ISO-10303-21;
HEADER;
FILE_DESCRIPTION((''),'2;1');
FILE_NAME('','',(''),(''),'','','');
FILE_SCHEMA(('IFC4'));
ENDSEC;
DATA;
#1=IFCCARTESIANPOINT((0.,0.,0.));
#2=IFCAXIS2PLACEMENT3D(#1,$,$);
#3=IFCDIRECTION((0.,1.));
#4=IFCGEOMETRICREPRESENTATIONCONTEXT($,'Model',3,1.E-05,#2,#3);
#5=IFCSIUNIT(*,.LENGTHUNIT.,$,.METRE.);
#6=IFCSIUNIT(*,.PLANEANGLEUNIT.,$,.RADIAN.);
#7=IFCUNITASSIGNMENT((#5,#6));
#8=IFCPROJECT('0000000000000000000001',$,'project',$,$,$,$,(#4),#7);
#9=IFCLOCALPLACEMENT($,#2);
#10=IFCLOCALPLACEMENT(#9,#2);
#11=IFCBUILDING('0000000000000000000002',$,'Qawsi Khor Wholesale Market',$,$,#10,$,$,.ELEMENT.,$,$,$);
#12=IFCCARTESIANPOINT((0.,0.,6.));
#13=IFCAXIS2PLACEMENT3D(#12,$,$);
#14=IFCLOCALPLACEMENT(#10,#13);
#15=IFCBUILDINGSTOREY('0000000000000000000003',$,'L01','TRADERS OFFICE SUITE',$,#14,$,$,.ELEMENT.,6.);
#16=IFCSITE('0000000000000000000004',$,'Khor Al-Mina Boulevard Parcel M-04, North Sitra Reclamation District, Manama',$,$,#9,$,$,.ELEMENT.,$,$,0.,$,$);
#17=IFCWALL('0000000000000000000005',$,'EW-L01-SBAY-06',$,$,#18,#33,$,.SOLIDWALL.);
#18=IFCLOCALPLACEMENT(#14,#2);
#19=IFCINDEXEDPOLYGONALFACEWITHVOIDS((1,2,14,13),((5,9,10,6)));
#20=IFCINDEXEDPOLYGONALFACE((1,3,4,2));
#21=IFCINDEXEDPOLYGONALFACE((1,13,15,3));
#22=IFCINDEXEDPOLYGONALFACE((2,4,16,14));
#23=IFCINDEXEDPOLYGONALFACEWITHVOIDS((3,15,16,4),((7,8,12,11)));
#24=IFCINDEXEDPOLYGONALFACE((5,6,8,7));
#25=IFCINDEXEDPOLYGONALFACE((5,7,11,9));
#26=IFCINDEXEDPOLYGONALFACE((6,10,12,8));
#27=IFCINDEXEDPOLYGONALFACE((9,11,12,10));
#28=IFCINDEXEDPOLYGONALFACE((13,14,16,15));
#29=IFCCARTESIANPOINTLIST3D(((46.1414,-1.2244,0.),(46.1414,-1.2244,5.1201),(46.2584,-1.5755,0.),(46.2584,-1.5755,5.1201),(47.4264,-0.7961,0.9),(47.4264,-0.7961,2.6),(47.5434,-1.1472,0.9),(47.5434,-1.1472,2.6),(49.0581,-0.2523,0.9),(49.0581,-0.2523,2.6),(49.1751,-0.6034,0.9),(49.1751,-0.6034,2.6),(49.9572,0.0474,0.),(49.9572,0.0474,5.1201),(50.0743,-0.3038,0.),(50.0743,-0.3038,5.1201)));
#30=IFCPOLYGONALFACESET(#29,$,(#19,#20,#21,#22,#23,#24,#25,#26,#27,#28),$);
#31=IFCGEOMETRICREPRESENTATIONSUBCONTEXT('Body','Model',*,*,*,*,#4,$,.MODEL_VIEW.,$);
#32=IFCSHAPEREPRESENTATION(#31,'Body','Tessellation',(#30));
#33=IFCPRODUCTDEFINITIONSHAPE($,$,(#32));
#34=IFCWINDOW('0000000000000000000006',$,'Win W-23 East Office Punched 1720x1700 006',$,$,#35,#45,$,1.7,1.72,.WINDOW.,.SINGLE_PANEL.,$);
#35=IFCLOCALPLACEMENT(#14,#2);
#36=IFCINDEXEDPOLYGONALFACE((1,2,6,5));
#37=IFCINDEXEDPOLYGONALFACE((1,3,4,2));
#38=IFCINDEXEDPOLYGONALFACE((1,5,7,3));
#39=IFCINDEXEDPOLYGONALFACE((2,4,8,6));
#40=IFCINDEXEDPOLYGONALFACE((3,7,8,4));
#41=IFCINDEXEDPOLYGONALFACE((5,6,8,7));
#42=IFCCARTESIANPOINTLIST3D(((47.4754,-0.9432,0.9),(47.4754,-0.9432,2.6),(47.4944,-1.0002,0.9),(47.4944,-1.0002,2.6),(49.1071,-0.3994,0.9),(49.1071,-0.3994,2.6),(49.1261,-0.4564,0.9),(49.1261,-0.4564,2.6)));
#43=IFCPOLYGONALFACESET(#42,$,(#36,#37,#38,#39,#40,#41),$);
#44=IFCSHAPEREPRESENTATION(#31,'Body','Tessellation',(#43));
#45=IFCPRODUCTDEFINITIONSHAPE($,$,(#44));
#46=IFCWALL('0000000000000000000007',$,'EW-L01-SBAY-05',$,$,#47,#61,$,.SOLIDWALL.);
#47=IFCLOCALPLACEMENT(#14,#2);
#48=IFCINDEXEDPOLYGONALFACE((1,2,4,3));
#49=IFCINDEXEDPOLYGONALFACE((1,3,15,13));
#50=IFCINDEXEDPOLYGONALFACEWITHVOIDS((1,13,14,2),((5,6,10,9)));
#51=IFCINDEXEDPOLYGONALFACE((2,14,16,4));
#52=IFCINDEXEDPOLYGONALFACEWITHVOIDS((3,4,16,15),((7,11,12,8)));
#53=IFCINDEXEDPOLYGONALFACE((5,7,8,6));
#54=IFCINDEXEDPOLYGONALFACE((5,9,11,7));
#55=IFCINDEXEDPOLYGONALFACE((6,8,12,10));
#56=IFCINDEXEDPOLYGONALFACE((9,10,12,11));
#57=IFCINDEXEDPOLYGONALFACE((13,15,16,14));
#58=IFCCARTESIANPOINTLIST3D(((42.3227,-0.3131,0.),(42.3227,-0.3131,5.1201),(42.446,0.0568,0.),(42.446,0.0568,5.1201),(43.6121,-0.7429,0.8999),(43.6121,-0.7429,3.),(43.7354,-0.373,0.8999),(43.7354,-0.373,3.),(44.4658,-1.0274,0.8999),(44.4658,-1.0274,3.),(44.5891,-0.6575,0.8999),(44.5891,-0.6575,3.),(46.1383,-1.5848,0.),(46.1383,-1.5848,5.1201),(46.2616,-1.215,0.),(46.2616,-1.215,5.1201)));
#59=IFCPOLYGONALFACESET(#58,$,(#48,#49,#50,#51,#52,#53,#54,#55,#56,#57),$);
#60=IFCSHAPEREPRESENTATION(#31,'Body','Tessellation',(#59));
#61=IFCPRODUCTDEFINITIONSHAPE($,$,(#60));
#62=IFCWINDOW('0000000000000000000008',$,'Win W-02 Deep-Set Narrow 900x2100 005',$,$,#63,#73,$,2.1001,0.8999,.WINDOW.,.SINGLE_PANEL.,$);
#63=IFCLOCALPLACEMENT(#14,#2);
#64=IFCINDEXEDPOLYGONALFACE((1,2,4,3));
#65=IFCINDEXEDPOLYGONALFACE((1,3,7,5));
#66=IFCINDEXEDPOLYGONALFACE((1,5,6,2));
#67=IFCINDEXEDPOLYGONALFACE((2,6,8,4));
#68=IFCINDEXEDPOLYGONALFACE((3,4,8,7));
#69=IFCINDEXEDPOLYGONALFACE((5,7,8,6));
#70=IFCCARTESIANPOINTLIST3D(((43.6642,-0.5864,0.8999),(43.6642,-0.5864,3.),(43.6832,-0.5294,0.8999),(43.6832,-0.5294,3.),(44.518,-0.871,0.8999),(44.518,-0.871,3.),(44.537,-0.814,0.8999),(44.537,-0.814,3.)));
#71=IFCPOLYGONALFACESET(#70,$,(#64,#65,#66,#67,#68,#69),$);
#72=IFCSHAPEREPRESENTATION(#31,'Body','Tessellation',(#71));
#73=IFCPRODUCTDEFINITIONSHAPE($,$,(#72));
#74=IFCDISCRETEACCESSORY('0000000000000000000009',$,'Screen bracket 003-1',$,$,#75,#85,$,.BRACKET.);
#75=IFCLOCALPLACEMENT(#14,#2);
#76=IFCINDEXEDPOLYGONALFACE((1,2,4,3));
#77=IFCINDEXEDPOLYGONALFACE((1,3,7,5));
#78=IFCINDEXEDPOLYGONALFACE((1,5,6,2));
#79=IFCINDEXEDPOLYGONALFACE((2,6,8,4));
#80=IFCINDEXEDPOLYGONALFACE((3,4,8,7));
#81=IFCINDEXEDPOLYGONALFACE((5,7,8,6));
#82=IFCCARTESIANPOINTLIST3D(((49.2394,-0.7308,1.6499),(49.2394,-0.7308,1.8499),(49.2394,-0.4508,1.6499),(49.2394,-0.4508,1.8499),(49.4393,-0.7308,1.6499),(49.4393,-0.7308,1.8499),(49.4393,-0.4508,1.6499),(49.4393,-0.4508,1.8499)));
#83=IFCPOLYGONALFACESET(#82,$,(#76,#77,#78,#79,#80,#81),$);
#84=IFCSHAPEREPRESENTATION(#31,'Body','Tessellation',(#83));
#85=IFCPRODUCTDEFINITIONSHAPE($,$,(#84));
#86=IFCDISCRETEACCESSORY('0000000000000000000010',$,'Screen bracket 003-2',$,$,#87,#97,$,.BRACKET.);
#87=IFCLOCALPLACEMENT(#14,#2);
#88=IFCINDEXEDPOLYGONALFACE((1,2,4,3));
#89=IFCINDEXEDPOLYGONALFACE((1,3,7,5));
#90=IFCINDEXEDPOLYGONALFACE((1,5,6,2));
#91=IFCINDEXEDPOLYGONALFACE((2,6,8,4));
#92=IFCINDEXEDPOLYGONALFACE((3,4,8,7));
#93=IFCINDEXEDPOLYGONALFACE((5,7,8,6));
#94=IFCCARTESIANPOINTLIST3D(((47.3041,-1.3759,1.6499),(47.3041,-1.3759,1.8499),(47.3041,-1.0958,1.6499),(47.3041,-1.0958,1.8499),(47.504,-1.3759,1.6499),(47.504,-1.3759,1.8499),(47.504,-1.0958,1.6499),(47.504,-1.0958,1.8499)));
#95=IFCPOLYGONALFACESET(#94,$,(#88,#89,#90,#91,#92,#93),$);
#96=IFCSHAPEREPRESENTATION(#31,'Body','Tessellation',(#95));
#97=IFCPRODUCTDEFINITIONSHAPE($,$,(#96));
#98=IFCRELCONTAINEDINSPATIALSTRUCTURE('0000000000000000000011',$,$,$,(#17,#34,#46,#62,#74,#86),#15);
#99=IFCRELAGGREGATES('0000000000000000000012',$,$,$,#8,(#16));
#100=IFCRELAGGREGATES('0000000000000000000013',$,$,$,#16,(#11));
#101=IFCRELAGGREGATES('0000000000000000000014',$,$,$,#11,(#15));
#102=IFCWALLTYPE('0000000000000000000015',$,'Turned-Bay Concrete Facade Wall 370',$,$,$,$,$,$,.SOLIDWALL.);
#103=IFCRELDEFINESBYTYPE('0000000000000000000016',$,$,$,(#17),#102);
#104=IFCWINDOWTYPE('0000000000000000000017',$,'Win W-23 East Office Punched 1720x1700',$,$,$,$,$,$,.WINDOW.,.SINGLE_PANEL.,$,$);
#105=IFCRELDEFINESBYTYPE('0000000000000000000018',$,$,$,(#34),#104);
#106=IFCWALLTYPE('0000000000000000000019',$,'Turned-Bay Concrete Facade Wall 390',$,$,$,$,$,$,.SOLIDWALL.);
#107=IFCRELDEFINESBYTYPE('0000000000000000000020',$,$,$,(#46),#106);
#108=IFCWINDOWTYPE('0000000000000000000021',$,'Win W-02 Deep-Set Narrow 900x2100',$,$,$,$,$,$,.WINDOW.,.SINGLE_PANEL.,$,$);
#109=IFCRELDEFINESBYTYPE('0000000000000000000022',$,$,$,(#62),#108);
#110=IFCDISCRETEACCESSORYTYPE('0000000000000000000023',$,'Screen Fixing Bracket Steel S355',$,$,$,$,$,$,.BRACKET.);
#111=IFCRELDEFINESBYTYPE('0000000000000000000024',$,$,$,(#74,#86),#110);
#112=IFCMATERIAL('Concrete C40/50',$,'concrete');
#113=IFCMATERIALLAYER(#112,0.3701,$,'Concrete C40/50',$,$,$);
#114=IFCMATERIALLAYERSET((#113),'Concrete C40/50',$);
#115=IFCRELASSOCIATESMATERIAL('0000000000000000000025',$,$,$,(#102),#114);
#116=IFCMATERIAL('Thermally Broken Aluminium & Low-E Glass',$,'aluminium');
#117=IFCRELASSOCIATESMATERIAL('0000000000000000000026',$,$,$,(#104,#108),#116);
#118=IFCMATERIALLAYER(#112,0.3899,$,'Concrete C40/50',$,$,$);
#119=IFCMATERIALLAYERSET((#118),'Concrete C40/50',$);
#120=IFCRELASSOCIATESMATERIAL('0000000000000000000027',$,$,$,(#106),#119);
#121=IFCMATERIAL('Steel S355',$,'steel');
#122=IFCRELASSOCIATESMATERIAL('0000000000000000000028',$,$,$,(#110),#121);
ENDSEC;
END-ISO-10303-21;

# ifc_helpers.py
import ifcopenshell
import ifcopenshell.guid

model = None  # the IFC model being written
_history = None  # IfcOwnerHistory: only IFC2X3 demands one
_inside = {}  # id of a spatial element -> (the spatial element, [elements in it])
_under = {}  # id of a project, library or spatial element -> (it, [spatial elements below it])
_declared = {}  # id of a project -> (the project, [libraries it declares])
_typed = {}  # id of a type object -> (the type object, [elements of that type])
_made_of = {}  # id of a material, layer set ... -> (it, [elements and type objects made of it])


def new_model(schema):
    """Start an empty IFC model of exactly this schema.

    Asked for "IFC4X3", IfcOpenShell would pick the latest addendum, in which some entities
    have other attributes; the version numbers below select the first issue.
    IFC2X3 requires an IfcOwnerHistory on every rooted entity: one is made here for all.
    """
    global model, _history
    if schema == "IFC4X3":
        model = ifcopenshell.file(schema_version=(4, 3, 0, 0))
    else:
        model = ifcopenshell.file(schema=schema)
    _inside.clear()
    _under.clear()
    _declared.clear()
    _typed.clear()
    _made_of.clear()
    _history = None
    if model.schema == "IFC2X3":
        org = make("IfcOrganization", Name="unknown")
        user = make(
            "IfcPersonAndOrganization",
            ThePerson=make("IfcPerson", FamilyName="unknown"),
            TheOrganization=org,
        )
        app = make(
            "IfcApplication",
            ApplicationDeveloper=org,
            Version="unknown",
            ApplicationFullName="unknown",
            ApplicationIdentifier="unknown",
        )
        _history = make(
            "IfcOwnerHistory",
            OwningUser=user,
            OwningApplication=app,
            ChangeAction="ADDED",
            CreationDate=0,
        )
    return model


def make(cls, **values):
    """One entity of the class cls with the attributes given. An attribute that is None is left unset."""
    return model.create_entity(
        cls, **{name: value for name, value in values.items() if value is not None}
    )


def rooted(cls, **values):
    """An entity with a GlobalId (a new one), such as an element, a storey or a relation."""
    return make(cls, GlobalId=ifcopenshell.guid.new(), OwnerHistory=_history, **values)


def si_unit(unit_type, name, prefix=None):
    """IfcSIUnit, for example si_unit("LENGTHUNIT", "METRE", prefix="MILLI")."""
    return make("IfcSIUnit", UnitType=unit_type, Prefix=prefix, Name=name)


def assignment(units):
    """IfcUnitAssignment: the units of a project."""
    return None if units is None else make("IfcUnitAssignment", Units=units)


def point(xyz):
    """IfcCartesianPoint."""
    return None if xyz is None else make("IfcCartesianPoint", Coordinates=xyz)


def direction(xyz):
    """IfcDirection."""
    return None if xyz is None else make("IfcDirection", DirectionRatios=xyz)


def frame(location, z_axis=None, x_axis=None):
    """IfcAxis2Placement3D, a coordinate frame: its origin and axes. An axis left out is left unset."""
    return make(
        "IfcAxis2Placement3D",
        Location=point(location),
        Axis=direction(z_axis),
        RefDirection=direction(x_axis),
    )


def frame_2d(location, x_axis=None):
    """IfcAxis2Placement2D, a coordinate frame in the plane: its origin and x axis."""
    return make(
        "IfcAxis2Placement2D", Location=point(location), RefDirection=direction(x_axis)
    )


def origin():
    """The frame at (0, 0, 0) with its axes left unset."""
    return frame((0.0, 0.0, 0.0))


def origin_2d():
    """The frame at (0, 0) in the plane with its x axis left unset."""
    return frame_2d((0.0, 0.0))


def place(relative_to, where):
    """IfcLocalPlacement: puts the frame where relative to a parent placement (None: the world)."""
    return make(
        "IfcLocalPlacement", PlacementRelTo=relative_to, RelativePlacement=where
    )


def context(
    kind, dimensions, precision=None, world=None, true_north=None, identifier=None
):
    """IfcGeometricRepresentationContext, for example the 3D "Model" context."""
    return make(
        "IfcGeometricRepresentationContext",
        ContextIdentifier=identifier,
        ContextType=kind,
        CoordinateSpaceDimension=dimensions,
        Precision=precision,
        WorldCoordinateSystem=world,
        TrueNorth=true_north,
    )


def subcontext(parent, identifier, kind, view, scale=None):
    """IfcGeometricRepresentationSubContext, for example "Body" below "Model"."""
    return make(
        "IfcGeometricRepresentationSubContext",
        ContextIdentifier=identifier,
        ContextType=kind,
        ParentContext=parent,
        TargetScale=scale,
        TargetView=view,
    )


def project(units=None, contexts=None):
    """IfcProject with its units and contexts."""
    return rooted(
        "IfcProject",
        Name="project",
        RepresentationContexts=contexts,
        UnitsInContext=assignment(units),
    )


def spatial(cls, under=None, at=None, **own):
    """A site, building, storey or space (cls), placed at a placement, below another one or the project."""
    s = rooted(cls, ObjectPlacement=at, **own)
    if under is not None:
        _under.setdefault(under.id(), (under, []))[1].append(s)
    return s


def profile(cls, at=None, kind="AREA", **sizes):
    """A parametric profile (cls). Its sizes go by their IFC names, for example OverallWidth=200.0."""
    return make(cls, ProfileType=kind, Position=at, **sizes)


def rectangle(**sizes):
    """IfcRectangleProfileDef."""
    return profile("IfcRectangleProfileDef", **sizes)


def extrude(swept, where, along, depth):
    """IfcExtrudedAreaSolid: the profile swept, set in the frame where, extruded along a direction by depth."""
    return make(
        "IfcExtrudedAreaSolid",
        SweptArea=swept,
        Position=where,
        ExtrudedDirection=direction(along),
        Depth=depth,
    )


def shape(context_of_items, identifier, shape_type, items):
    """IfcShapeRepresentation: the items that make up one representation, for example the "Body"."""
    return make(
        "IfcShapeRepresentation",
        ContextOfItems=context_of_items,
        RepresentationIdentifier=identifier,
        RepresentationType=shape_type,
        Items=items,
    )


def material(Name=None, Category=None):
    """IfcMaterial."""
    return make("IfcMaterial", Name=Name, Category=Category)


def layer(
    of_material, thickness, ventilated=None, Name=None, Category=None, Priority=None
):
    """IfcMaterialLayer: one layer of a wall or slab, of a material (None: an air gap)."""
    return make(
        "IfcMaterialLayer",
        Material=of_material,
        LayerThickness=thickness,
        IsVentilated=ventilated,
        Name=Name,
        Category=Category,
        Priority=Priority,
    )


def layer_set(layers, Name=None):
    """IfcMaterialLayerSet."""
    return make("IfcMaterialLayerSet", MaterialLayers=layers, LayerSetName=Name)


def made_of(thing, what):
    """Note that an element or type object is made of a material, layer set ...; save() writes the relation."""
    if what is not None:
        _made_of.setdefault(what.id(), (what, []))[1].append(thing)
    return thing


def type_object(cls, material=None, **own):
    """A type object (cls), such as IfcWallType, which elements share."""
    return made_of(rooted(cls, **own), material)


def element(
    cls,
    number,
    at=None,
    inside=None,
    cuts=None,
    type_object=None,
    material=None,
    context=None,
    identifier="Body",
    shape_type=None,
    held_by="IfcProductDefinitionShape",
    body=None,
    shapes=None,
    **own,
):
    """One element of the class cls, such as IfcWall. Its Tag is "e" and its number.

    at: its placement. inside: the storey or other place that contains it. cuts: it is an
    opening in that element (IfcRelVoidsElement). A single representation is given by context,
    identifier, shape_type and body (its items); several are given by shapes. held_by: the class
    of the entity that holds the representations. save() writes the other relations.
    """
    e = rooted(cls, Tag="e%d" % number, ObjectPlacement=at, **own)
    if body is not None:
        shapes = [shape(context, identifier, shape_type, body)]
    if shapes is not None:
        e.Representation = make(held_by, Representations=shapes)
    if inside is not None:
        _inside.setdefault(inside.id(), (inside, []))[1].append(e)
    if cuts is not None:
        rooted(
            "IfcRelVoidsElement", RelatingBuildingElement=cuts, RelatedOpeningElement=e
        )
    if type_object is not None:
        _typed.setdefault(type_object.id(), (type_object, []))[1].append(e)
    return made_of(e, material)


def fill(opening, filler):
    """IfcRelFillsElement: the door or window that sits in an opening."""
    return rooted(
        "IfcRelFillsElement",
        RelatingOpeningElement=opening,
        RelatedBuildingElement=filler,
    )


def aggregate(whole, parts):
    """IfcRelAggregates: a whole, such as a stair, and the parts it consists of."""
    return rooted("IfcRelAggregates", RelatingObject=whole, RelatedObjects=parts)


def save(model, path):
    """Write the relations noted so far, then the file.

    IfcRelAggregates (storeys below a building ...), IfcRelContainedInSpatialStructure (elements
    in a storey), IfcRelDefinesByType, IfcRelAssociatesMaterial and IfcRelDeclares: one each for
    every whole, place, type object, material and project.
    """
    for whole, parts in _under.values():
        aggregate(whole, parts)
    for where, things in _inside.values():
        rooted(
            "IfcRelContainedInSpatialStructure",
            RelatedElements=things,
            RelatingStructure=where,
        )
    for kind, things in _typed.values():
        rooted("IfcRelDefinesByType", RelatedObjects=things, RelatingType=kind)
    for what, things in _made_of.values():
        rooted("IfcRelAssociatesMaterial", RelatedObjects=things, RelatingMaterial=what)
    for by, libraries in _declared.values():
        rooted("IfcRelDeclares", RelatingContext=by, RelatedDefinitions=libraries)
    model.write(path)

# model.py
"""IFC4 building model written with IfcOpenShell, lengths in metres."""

from ifc_helpers import new_model, si_unit, direction, frame, frame_2d, origin, origin_2d, place, context, subcontext, project, spatial, rectangle, extrude, material, layer, layer_set, type_object, element, fill, save


model = new_model("IFC4")

# Units and contexts
model_context = context("Model", 3, precision=1e-05, world=origin(), true_north=direction((0.0, 1.0)))
body_context = subcontext(model_context, "Body", "Model", "MODEL_VIEW")
ifc_project = project(units=[si_unit("LENGTHUNIT", "METRE"), si_unit("PLANEANGLEUNIT", "RADIAN")], contexts=[model_context])

# Site, building, storey
site_placement = place(None, origin())
site = spatial("IfcSite", under=ifc_project, at=site_placement, Name="Khor Al-Mina Boulevard Parcel M-04, North Sitra Reclamation District, Manama", CompositionType="ELEMENT", RefElevation=0.0)
building_placement = place(site_placement, origin())
building = spatial("IfcBuilding", under=site, at=building_placement, Name="Qawsi Khor Wholesale Market", CompositionType="ELEMENT")
storey_placement = place(building_placement, frame((0.0, 0.0, 6.0)))
storey = spatial("IfcBuildingStorey", under=building, at=storey_placement, Name="L01", Description="TRADERS OFFICE SUITE", CompositionType="ELEMENT", Elevation=6.0)

# Shared definitions
ifc_material_1 = material(Name="Concrete C40/50", Category="concrete")

# Shared definitions
ifc_material_2 = material(Name="Steel S355", Category="steel")

# Walls, openings, windows
ifc_layer_1 = layer(ifc_material_1, 0.3701, Name="Concrete C40/50")
ifc_layer_set_1 = layer_set([ifc_layer_1], Name="Concrete C40/50")
wall_type_1 = type_object("IfcWallType", Name="Turned-Bay Concrete Facade Wall 370", PredefinedType="SOLIDWALL", material=ifc_layer_set_1)
wall_1_placement = place(storey_placement, frame((50.0159, -0.1282, 0.0), z_axis=(0.0, 0.0, 1.0), x_axis=(-0.948702, -0.316173, 0.0)))
wall_1 = element("IfcWall", 1, at=wall_1_placement, inside=storey, type_object=wall_type_1, Name="EW-L01-SBAY-06", PredefinedType="SOLIDWALL", context=body_context, shape_type="SweptSolid", body=[
    extrude(rectangle(XDim=4.0222, YDim=0.3701, at=frame_2d((2.0112, 0.0))), origin(), (0.0, 0.0, 1.0), 5.1201),
])
opening_1_placement = place(wall_1_placement, frame((0.948, 0.0, 0.8999)))
opening_1 = element("IfcOpeningElement", 2, at=opening_1_placement, cuts=wall_1, PredefinedType="OPENING", context=body_context, shape_type="SweptSolid", body=[
    extrude(rectangle(XDim=1.72, YDim=1.7, at=frame_2d((0.8599, 0.8501))), frame((0.0, 0.1951, 0.0), z_axis=(0.0, -1.0, 0.0), x_axis=(1.0, 0.0, 0.0)), (0.0, 0.0, 1.0), 0.3901),
])
ifc_material_3 = material(Name="Thermally Broken Aluminium & Low-E Glass", Category="aluminium")
window_type_1 = type_object("IfcWindowType", Name="Win W-23 East Office Punched 1720x1700", PartitioningType="SINGLE_PANEL", PredefinedType="WINDOW", material=ifc_material_3)
window_1_placement = place(opening_1_placement, origin())
window_1 = element("IfcWindow", 3, at=window_1_placement, inside=storey, type_object=window_type_1, Name="Win W-23 East Office Punched 1720x1700 006", OverallHeight=1.7, OverallWidth=1.72, PartitioningType="SINGLE_PANEL", PredefinedType="WINDOW", context=body_context, shape_type="SweptSolid", body=[
    extrude(rectangle(XDim=1.72, YDim=1.7, at=frame_2d((0.8599, 0.8501))), frame((0.0, 0.03, 0.0), z_axis=(0.0, -1.0, 0.0), x_axis=(1.0, 0.0, 0.0)), (0.0, 0.0, 1.0), 0.0601),
])
fill(opening_1, window_1)
ifc_layer_2 = layer(ifc_material_1, 0.3899, Name="Concrete C40/50")
ifc_layer_set_2 = layer_set([ifc_layer_2], Name="Concrete C40/50")
wall_type_2 = type_object("IfcWallType", Name="Turned-Bay Concrete Facade Wall 390", PredefinedType="SOLIDWALL", material=ifc_layer_set_2)
wall_2_placement = place(storey_placement, frame((46.2, -1.3999, 0.0), z_axis=(0.0, 0.0, 1.0), x_axis=(-0.948695, 0.316191, 0.0)))
wall_2 = element("IfcWall", 4, at=wall_2_placement, inside=storey, type_object=wall_type_2, Name="EW-L01-SBAY-05", PredefinedType="SOLIDWALL", context=body_context, shape_type="SweptSolid", body=[
    extrude(rectangle(XDim=4.022, YDim=0.3899, at=frame_2d((2.011, 0.0))), origin(), (0.0, 0.0, 1.0), 5.1201),
])
opening_2_placement = place(wall_2_placement, frame((1.7629, 0.0, 0.8999)))
opening_2 = element("IfcOpeningElement", 5, at=opening_2_placement, cuts=wall_2, PredefinedType="OPENING", context=body_context, shape_type="SweptSolid", body=[
    extrude(rectangle(XDim=0.8999, YDim=2.1001, at=frame_2d((0.45, 1.05))), frame((0.0, 0.2048, 0.0), z_axis=(0.0, -1.0, 0.0), x_axis=(1.0, 0.0, 0.0)), (0.0, 0.0, 1.0), 0.4099),
])
window_type_2 = type_object("IfcWindowType", Name="Win W-02 Deep-Set Narrow 900x2100", PartitioningType="SINGLE_PANEL", PredefinedType="WINDOW", material=ifc_material_3)
window_2_placement = place(opening_2_placement, origin())
window_2 = element("IfcWindow", 6, at=window_2_placement, inside=storey, type_object=window_type_2, Name="Win W-02 Deep-Set Narrow 900x2100 005", OverallHeight=2.1001, OverallWidth=0.8999, PartitioningType="SINGLE_PANEL", PredefinedType="WINDOW", context=body_context, shape_type="SweptSolid", body=[
    extrude(rectangle(XDim=0.8999, YDim=2.1001, at=frame_2d((0.45, 1.05))), frame((0.0, 0.03, 0.0), z_axis=(0.0, -1.0, 0.0), x_axis=(1.0, 0.0, 0.0)), (0.0, 0.0, 1.0), 0.0601),
])
fill(opening_2, window_2)

# Discrete accessories
discrete_accessory_type = type_object("IfcDiscreteAccessoryType", Name="Screen Fixing Bracket Steel S355", PredefinedType="BRACKET", material=ifc_material_2)
for number, where, z_axis, x_axis, name in (
    (7, (49.3394, -0.5908, 1.6499), (0.0, 0.0, 1.0), (1.0, 0.0, 0.0), "Screen bracket 003-1"),
    (8, (47.4041, -1.2358, 1.6499), (0.0, 0.0, 1.0), (1.0, 0.0, 0.0), "Screen bracket 003-2"),
):
    element("IfcDiscreteAccessory", number, at=place(storey_placement, frame(where, z_axis=z_axis, x_axis=x_axis)), inside=storey, type_object=discrete_accessory_type, Name=name, PredefinedType="BRACKET", context=body_context, shape_type="SweptSolid", body=[
        extrude(rectangle(XDim=0.2, YDim=0.28, at=origin_2d()), origin(), (0.0, 0.0, 1.0), 0.2),
    ])

save(model, "model.ifc")
